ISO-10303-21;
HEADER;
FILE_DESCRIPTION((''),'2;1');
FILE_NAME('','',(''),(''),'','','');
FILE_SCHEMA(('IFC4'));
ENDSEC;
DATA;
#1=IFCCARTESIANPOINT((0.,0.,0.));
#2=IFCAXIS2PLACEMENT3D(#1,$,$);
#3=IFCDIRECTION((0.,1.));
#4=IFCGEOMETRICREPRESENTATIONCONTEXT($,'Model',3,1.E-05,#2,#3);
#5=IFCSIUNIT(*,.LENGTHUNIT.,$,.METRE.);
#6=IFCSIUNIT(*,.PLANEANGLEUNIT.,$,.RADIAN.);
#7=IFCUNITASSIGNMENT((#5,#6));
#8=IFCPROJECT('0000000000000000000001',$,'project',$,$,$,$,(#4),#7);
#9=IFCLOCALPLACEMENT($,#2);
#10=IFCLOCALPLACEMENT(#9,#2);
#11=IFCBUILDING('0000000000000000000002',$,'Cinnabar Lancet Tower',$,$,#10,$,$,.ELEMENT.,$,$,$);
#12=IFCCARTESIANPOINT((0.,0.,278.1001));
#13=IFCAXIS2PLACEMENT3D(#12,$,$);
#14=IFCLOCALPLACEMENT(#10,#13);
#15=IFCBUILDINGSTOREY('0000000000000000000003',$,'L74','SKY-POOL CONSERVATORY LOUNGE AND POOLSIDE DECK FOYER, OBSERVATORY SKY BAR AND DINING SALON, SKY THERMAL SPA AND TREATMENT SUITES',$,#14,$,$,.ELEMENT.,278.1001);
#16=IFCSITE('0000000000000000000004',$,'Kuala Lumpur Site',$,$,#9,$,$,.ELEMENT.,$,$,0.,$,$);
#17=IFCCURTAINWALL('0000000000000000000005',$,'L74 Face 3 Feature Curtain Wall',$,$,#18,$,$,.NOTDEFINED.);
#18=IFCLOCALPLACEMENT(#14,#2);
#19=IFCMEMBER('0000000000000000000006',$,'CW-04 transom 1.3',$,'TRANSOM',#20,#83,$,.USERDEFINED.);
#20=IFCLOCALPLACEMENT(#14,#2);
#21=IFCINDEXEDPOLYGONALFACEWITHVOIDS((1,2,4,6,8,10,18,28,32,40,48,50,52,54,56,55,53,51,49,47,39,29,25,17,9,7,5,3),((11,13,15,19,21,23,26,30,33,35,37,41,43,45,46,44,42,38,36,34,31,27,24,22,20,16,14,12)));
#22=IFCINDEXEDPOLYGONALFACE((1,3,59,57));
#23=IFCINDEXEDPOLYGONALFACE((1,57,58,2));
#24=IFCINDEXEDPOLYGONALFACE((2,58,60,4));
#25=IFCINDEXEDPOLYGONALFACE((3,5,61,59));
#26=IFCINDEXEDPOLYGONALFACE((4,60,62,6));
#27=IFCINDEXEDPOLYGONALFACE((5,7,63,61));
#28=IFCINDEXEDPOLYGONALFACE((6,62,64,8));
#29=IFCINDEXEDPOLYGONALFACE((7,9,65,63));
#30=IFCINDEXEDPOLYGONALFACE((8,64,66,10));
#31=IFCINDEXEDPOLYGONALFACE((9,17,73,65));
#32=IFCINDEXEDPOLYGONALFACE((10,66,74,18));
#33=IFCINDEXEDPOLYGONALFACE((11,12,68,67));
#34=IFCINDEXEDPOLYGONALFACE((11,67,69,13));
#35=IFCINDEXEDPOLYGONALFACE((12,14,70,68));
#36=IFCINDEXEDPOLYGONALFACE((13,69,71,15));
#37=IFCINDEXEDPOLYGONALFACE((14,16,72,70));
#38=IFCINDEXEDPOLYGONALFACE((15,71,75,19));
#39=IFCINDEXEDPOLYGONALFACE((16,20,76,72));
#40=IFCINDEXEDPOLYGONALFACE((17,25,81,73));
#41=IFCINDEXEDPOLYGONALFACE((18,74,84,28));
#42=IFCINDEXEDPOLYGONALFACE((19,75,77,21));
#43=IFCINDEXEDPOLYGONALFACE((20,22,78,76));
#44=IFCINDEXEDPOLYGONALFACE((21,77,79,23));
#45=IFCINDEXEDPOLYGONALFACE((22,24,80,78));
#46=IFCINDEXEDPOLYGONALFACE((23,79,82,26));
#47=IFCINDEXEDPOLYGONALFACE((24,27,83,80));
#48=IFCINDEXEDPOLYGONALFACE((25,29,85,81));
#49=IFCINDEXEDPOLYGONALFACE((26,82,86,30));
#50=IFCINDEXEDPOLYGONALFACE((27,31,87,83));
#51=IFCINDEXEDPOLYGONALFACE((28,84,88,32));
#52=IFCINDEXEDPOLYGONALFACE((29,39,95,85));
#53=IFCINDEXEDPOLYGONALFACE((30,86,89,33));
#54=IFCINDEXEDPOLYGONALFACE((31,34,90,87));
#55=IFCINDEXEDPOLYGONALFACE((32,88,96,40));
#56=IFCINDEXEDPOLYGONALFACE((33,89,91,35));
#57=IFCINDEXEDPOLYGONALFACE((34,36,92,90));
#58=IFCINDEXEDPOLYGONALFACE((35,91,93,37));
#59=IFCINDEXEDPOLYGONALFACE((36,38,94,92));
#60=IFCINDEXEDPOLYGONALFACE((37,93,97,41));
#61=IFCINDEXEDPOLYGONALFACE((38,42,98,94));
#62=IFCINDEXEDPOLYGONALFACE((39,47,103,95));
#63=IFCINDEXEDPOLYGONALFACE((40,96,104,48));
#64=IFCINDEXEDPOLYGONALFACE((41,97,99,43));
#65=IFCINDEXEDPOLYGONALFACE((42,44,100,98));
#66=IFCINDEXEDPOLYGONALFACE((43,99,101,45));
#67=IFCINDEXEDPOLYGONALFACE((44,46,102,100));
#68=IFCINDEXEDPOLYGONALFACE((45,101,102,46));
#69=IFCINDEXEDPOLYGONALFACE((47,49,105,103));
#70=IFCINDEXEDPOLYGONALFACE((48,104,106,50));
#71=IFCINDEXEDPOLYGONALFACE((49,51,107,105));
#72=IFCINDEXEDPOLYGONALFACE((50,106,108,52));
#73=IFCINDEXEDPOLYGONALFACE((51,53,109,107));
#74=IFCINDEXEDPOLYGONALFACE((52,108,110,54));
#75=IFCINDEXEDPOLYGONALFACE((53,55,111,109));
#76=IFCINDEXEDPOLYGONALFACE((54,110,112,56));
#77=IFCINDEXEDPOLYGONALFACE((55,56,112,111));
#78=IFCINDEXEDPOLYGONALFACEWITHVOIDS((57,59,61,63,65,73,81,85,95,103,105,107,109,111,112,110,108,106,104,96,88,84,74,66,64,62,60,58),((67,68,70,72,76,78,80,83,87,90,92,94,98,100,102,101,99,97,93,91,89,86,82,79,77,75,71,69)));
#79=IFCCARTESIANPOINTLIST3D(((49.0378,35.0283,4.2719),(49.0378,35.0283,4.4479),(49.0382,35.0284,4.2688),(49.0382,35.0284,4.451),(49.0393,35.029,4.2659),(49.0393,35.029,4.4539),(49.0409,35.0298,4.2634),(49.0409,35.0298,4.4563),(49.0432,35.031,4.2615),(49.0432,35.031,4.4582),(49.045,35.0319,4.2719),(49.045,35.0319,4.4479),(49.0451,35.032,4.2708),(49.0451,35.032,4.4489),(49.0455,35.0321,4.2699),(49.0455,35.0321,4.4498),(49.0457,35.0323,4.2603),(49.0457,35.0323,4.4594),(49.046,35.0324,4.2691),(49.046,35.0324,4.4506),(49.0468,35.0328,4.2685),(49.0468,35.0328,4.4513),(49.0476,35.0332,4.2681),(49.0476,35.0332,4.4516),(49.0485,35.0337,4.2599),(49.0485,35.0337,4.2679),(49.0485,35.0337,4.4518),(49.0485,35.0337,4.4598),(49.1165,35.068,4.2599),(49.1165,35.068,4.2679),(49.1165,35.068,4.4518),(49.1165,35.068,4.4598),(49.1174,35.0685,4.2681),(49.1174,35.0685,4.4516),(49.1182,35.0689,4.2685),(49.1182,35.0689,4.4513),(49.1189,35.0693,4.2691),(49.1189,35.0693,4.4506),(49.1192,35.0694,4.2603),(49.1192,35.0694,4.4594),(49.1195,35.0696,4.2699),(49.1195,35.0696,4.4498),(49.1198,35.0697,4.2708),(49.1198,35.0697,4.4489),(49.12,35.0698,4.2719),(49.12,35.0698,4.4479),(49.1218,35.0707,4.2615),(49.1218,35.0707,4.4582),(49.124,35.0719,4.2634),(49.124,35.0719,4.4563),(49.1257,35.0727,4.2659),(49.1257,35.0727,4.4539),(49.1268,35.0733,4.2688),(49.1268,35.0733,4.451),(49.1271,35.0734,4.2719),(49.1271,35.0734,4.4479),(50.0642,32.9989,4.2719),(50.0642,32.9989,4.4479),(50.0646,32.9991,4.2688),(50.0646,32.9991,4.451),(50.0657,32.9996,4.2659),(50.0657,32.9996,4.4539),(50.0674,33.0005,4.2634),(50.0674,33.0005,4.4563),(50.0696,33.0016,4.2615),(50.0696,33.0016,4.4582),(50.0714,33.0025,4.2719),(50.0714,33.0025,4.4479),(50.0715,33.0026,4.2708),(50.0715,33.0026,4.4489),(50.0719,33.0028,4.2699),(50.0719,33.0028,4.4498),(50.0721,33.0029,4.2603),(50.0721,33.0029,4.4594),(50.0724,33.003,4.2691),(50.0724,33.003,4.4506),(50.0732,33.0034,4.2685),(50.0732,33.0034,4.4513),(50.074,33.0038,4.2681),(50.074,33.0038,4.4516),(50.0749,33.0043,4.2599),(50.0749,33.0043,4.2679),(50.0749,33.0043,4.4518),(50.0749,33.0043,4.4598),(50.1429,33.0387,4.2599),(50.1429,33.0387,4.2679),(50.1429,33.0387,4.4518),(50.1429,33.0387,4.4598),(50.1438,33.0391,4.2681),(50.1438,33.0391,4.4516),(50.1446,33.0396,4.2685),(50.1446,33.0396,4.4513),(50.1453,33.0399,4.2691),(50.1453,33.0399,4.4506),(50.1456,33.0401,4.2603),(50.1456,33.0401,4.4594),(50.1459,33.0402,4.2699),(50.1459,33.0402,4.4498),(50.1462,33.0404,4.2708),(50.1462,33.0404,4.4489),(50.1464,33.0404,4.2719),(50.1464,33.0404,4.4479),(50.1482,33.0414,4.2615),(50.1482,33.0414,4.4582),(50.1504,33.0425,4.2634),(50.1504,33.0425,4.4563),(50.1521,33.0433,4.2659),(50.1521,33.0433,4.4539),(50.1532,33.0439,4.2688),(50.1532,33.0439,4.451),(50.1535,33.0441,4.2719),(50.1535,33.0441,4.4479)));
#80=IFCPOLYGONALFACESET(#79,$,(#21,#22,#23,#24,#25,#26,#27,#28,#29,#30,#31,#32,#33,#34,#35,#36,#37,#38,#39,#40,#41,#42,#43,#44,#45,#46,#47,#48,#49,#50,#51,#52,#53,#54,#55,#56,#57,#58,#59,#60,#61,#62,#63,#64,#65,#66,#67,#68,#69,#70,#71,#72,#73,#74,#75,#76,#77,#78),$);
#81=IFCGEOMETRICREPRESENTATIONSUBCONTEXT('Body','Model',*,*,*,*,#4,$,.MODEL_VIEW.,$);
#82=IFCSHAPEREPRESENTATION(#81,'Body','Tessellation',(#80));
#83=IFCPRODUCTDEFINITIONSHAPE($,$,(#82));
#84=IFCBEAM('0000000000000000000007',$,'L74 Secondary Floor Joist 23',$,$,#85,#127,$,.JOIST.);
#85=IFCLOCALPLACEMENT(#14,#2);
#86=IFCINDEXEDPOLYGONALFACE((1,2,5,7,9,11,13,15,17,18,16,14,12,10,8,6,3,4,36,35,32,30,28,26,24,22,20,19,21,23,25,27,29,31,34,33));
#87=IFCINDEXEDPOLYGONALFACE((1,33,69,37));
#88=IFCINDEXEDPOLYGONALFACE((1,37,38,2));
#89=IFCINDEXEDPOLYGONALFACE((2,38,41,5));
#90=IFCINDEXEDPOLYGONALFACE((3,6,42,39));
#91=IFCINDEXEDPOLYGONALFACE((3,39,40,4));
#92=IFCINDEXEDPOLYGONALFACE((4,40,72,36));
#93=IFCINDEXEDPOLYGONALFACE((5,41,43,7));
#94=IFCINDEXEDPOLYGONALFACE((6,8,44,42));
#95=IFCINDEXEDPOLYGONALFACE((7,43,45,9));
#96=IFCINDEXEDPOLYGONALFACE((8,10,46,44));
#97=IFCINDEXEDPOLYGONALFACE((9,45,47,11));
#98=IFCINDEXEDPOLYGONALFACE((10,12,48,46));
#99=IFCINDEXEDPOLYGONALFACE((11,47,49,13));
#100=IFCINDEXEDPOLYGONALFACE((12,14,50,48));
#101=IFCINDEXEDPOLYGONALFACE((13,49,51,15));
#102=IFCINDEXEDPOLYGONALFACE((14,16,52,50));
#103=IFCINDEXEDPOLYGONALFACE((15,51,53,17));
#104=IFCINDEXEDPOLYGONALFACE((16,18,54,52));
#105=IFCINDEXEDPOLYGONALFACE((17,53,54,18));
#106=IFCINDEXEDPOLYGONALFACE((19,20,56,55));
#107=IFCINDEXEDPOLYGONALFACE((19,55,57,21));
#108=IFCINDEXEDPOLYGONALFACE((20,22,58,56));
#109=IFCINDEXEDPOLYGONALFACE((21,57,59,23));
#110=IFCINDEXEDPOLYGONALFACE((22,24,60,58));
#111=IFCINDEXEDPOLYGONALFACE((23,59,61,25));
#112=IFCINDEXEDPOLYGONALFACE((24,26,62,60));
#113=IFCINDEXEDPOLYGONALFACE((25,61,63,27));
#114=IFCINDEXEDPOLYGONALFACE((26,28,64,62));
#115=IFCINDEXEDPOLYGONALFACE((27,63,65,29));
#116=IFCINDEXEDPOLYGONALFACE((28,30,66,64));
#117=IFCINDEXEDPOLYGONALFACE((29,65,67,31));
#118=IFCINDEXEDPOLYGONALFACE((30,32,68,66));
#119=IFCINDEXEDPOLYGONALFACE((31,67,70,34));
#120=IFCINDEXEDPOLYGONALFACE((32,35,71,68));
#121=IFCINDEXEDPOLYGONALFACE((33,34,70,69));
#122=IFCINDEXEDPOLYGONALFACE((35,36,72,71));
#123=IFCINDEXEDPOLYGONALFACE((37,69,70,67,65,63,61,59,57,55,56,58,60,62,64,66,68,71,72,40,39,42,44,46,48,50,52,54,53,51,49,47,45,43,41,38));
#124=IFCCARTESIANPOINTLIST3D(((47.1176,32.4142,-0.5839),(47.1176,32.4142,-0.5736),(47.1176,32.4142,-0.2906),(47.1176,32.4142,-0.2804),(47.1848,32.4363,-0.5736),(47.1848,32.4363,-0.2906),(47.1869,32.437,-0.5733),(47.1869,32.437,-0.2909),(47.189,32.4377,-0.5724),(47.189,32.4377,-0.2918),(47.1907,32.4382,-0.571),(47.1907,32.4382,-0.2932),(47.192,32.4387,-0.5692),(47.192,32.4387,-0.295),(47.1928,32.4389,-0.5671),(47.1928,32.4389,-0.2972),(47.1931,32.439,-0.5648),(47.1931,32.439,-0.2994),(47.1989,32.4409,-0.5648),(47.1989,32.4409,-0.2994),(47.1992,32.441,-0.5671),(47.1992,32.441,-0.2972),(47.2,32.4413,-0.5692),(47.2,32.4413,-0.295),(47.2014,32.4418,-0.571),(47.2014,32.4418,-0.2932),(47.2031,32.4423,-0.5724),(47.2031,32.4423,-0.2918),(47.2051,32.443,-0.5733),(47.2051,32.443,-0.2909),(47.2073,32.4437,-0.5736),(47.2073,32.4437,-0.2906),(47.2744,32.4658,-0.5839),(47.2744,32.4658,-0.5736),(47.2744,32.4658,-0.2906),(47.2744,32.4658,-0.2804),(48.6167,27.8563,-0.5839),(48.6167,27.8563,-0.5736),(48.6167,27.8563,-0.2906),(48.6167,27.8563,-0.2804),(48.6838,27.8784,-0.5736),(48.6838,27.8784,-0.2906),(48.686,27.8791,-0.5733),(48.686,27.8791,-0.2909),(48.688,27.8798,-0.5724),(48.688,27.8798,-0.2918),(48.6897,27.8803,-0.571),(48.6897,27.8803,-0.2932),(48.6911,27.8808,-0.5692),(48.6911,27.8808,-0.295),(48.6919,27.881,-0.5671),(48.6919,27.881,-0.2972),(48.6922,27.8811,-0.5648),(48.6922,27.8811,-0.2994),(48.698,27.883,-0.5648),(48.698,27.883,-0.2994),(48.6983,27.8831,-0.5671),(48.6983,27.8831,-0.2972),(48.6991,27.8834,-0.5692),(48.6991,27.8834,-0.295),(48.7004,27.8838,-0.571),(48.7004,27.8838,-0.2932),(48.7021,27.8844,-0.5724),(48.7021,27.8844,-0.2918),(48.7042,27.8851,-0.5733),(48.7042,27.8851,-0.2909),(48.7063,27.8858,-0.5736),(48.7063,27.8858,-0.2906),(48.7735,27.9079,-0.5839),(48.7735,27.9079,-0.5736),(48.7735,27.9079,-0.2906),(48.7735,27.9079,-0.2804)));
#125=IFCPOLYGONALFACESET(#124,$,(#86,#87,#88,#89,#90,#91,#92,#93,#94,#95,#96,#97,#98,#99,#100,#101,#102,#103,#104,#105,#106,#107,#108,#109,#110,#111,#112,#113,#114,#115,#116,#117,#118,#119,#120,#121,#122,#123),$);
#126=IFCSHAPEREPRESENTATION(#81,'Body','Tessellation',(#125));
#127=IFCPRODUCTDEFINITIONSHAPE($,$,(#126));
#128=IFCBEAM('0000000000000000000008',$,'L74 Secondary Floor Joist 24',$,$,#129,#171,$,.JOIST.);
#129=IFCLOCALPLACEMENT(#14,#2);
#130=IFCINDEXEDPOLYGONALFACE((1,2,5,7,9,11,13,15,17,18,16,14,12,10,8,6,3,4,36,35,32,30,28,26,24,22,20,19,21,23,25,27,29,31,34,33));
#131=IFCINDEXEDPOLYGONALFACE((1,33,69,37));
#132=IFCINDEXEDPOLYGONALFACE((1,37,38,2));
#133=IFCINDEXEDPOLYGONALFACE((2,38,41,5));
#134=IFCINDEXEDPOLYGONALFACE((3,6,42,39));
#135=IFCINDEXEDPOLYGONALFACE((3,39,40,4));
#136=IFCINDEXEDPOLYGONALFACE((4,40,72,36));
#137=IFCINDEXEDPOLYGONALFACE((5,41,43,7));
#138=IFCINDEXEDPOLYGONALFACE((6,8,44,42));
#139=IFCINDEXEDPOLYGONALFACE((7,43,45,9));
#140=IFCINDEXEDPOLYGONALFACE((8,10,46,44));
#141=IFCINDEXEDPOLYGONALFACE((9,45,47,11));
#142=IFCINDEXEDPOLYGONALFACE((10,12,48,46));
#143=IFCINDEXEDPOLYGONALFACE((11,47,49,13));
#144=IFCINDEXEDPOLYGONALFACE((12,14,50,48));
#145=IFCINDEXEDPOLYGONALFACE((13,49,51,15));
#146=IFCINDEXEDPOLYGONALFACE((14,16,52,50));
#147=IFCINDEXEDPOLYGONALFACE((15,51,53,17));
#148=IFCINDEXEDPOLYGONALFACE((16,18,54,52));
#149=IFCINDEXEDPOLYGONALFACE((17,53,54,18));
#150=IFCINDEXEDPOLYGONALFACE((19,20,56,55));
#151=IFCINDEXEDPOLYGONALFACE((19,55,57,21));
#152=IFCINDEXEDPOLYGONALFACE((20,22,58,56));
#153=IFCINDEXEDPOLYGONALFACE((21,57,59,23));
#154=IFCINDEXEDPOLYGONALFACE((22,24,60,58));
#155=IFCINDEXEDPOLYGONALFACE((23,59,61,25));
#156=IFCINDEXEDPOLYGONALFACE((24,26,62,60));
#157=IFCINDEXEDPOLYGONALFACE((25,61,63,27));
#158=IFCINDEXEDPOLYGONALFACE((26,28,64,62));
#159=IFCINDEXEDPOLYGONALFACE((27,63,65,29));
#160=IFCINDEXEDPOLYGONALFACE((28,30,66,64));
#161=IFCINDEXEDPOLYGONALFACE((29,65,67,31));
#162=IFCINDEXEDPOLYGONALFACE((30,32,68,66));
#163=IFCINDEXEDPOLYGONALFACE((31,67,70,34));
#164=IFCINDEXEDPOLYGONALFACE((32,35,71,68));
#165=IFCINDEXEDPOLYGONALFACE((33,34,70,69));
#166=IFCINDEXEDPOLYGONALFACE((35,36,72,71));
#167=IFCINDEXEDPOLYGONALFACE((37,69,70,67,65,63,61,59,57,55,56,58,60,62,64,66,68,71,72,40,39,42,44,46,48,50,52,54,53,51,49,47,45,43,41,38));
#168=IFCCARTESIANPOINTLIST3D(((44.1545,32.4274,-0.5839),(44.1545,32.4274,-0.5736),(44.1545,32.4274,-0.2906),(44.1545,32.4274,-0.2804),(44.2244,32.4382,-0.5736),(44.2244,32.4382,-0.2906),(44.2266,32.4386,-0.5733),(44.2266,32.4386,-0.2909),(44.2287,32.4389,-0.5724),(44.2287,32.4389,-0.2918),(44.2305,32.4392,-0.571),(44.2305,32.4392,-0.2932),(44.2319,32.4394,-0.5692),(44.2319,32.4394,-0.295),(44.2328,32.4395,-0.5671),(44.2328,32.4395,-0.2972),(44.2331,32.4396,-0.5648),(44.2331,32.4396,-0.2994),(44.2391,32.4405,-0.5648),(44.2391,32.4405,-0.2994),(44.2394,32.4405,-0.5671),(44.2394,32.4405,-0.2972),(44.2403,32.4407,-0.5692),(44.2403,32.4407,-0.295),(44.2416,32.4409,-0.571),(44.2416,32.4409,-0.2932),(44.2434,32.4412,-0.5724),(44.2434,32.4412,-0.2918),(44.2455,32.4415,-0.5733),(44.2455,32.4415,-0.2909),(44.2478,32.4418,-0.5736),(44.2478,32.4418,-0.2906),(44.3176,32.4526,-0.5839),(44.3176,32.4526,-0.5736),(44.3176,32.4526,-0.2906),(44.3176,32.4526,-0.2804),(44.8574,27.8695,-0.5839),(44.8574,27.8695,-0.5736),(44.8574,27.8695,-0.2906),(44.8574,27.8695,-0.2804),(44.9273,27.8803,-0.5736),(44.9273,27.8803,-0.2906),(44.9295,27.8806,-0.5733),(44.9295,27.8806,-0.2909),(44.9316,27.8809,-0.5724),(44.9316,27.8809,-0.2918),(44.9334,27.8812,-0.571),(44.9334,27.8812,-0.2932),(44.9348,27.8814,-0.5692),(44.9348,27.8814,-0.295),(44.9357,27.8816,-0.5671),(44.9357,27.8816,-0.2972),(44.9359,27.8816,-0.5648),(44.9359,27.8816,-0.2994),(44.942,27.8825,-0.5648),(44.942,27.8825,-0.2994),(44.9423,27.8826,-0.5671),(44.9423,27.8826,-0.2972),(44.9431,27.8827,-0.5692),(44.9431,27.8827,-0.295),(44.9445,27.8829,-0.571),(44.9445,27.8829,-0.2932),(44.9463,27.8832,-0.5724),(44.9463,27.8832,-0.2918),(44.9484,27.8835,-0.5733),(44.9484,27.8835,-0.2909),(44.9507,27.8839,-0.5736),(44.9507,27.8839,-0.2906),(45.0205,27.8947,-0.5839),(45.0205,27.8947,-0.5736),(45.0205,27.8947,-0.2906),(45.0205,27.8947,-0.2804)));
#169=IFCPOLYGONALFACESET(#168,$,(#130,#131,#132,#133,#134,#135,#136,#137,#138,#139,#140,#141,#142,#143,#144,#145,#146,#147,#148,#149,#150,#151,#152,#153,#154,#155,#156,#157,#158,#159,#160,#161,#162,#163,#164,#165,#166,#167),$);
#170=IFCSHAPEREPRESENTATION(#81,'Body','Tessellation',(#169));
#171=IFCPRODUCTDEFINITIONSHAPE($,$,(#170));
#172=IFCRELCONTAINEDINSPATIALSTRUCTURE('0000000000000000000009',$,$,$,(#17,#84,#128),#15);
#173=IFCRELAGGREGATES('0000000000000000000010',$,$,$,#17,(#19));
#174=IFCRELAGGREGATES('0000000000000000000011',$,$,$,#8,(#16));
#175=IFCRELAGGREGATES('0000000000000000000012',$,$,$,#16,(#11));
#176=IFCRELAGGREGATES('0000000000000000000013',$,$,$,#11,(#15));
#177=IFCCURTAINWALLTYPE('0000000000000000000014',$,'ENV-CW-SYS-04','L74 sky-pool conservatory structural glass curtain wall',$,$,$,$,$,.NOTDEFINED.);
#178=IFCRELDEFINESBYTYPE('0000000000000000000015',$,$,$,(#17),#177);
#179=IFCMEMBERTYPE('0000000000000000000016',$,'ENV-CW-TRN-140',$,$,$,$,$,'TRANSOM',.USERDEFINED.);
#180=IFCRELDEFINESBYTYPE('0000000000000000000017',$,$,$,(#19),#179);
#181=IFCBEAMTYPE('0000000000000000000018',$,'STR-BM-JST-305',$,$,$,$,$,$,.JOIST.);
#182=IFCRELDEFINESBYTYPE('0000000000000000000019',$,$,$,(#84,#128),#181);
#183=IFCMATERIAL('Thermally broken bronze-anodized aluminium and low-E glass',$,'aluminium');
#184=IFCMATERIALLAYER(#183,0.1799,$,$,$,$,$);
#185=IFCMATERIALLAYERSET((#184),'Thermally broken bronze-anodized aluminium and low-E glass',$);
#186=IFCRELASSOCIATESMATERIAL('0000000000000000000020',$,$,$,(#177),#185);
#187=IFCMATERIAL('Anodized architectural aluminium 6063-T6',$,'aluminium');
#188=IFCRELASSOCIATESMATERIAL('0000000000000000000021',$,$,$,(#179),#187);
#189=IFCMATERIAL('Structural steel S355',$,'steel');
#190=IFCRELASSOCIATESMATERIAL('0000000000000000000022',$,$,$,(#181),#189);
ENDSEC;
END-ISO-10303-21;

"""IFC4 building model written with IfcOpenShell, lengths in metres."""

from ifc_helpers import new_model, si_unit, direction, frame, origin, origin_2d, place, context, subcontext, project, spatial, hollow_rectangle, i_section, extrude, material, layer, layer_set, material_profile, profile_set, type_object, element, aggregate, save


model = new_model("IFC4")

# Units and contexts
model_context = context("Model", 3, precision=1e-05, world=origin(), true_north=direction((0.0, 1.0)))
body_context = subcontext(model_context, "Body", "Model", "MODEL_VIEW")
ifc_project = project(units=[si_unit("LENGTHUNIT", "METRE"), si_unit("PLANEANGLEUNIT", "RADIAN")], contexts=[model_context])

# Site, building, storey
site_placement = place(None, origin())
site = spatial("IfcSite", under=ifc_project, at=site_placement, Name="Kuala Lumpur Site", CompositionType="ELEMENT", RefElevation=0.0)
building_placement = place(site_placement, origin())
building = spatial("IfcBuilding", under=site, at=building_placement, Name="Cinnabar Lancet Tower", CompositionType="ELEMENT")
storey_placement = place(building_placement, frame((0.0, 0.0, 278.1001)))
storey = spatial("IfcBuildingStorey", under=building, at=storey_placement, Name="L74", Description="SKY-POOL CONSERVATORY LOUNGE AND POOLSIDE DECK FOYER, OBSERVATORY SKY BAR AND DINING SALON, SKY THERMAL SPA AND TREATMENT SUITES", CompositionType="ELEMENT", Elevation=278.1001)

# Curtain wall, member
ifc_material_1 = material(Name="Thermally broken bronze-anodized aluminium and low-E glass", Category="aluminium")
ifc_layer_1 = layer(ifc_material_1, 0.1799)
ifc_layer_set_1 = layer_set([ifc_layer_1], Name="Thermally broken bronze-anodized aluminium and low-E glass")
curtain_wall_type = type_object("IfcCurtainWallType", Name="ENV-CW-SYS-04", Description="L74 sky-pool conservatory structural glass curtain wall", PredefinedType="NOTDEFINED", material=ifc_layer_set_1)
curtain_wall_placement = place(storey_placement, origin())
curtain_wall = element("IfcCurtainWall", 1, at=curtain_wall_placement, inside=storey, type_object=curtain_wall_type, Name="L74 Face 3 Feature Curtain Wall", PredefinedType="NOTDEFINED")
ifc_material_2 = material(Name="Anodized architectural aluminium 6063-T6", Category="aluminium")
ifc_material_profile_1 = material_profile(ifc_material_2, hollow_rectangle(XDim=0.1001, YDim=0.2, WallThickness=0.0081, InnerFilletRadius=0.0039, OuterFilletRadius=0.012, at=origin_2d()), Name="RHS 200x100x8")
ifc_profile_set_1 = profile_set([ifc_material_profile_1], Name="Anodized architectural aluminium 6063-T6")
member_type_1 = type_object("IfcMemberType", Name="ENV-CW-TRN-140", ElementType="TRANSOM", PredefinedType="USERDEFINED", material=ifc_profile_set_1)
member_1_placement = place(storey_placement, frame((50.1089, 33.0215, 4.3599), z_axis=(-0.451331, 0.892356, 0.0), x_axis=(-0.892356, -0.451331, 0.0)))
member_1 = element("IfcMember", 2, at=member_1_placement, type_object=member_type_1, Name="CW-04 transom 1.3", ObjectType="TRANSOM", PredefinedType="USERDEFINED", context=body_context, shape_type="SweptSolid", body=[
    extrude(hollow_rectangle(XDim=0.1001, YDim=0.2, WallThickness=0.0081, InnerFilletRadius=0.0039, OuterFilletRadius=0.012, at=origin_2d()), origin(), (0.0, 0.0, 1.0), 2.2742),
])

# Beams
ifc_material_3 = material(Name="Structural steel S355", Category="steel")
ifc_material_profile_2 = material_profile(ifc_material_3, i_section(OverallWidth=0.165, OverallDepth=0.3035, WebThickness=0.0061, FlangeThickness=0.0103, FilletRadius=0.0088, at=origin_2d()), Name="UKB 305x165x40")
ifc_profile_set_2 = profile_set([ifc_material_profile_2], Name="Structural steel S355")
beam_type_1 = type_object("IfcBeamType", Name="STR-BM-JST-305", PredefinedType="JOIST", material=ifc_profile_set_2)
beam_1_placement = place(storey_placement, frame((48.6951, 27.8821, -0.4321), z_axis=(-0.312424, 0.949943, 0.0), x_axis=(-0.949943, -0.312424, 0.0)))
element("IfcBeam", 3, at=beam_1_placement, inside=storey, type_object=beam_type_1, Name="L74 Secondary Floor Joist 23", PredefinedType="JOIST", context=body_context, shape_type="SweptSolid", body=[
    extrude(i_section(OverallWidth=0.165, OverallDepth=0.3035, WebThickness=0.0061, FlangeThickness=0.0103, FilletRadius=0.0088, at=origin_2d()), origin(), (0.0, 0.0, 1.0), 4.7981),
])
beam_2_placement = place(storey_placement, frame((44.939, 27.8821, -0.4321), z_axis=(-0.152411, 0.988317, 0.0), x_axis=(-0.988317, -0.152411, 0.0)))
element("IfcBeam", 4, at=beam_2_placement, inside=storey, type_object=beam_type_1, Name="L74 Secondary Floor Joist 24", PredefinedType="JOIST", context=body_context, shape_type="SweptSolid", body=[
    extrude(i_section(OverallWidth=0.165, OverallDepth=0.3035, WebThickness=0.0061, FlangeThickness=0.0103, FilletRadius=0.0088, at=origin_2d()), origin(), (0.0, 0.0, 1.0), 4.6118),
])

aggregate(curtain_wall, [member_1])

save(model, "model.ifc")
